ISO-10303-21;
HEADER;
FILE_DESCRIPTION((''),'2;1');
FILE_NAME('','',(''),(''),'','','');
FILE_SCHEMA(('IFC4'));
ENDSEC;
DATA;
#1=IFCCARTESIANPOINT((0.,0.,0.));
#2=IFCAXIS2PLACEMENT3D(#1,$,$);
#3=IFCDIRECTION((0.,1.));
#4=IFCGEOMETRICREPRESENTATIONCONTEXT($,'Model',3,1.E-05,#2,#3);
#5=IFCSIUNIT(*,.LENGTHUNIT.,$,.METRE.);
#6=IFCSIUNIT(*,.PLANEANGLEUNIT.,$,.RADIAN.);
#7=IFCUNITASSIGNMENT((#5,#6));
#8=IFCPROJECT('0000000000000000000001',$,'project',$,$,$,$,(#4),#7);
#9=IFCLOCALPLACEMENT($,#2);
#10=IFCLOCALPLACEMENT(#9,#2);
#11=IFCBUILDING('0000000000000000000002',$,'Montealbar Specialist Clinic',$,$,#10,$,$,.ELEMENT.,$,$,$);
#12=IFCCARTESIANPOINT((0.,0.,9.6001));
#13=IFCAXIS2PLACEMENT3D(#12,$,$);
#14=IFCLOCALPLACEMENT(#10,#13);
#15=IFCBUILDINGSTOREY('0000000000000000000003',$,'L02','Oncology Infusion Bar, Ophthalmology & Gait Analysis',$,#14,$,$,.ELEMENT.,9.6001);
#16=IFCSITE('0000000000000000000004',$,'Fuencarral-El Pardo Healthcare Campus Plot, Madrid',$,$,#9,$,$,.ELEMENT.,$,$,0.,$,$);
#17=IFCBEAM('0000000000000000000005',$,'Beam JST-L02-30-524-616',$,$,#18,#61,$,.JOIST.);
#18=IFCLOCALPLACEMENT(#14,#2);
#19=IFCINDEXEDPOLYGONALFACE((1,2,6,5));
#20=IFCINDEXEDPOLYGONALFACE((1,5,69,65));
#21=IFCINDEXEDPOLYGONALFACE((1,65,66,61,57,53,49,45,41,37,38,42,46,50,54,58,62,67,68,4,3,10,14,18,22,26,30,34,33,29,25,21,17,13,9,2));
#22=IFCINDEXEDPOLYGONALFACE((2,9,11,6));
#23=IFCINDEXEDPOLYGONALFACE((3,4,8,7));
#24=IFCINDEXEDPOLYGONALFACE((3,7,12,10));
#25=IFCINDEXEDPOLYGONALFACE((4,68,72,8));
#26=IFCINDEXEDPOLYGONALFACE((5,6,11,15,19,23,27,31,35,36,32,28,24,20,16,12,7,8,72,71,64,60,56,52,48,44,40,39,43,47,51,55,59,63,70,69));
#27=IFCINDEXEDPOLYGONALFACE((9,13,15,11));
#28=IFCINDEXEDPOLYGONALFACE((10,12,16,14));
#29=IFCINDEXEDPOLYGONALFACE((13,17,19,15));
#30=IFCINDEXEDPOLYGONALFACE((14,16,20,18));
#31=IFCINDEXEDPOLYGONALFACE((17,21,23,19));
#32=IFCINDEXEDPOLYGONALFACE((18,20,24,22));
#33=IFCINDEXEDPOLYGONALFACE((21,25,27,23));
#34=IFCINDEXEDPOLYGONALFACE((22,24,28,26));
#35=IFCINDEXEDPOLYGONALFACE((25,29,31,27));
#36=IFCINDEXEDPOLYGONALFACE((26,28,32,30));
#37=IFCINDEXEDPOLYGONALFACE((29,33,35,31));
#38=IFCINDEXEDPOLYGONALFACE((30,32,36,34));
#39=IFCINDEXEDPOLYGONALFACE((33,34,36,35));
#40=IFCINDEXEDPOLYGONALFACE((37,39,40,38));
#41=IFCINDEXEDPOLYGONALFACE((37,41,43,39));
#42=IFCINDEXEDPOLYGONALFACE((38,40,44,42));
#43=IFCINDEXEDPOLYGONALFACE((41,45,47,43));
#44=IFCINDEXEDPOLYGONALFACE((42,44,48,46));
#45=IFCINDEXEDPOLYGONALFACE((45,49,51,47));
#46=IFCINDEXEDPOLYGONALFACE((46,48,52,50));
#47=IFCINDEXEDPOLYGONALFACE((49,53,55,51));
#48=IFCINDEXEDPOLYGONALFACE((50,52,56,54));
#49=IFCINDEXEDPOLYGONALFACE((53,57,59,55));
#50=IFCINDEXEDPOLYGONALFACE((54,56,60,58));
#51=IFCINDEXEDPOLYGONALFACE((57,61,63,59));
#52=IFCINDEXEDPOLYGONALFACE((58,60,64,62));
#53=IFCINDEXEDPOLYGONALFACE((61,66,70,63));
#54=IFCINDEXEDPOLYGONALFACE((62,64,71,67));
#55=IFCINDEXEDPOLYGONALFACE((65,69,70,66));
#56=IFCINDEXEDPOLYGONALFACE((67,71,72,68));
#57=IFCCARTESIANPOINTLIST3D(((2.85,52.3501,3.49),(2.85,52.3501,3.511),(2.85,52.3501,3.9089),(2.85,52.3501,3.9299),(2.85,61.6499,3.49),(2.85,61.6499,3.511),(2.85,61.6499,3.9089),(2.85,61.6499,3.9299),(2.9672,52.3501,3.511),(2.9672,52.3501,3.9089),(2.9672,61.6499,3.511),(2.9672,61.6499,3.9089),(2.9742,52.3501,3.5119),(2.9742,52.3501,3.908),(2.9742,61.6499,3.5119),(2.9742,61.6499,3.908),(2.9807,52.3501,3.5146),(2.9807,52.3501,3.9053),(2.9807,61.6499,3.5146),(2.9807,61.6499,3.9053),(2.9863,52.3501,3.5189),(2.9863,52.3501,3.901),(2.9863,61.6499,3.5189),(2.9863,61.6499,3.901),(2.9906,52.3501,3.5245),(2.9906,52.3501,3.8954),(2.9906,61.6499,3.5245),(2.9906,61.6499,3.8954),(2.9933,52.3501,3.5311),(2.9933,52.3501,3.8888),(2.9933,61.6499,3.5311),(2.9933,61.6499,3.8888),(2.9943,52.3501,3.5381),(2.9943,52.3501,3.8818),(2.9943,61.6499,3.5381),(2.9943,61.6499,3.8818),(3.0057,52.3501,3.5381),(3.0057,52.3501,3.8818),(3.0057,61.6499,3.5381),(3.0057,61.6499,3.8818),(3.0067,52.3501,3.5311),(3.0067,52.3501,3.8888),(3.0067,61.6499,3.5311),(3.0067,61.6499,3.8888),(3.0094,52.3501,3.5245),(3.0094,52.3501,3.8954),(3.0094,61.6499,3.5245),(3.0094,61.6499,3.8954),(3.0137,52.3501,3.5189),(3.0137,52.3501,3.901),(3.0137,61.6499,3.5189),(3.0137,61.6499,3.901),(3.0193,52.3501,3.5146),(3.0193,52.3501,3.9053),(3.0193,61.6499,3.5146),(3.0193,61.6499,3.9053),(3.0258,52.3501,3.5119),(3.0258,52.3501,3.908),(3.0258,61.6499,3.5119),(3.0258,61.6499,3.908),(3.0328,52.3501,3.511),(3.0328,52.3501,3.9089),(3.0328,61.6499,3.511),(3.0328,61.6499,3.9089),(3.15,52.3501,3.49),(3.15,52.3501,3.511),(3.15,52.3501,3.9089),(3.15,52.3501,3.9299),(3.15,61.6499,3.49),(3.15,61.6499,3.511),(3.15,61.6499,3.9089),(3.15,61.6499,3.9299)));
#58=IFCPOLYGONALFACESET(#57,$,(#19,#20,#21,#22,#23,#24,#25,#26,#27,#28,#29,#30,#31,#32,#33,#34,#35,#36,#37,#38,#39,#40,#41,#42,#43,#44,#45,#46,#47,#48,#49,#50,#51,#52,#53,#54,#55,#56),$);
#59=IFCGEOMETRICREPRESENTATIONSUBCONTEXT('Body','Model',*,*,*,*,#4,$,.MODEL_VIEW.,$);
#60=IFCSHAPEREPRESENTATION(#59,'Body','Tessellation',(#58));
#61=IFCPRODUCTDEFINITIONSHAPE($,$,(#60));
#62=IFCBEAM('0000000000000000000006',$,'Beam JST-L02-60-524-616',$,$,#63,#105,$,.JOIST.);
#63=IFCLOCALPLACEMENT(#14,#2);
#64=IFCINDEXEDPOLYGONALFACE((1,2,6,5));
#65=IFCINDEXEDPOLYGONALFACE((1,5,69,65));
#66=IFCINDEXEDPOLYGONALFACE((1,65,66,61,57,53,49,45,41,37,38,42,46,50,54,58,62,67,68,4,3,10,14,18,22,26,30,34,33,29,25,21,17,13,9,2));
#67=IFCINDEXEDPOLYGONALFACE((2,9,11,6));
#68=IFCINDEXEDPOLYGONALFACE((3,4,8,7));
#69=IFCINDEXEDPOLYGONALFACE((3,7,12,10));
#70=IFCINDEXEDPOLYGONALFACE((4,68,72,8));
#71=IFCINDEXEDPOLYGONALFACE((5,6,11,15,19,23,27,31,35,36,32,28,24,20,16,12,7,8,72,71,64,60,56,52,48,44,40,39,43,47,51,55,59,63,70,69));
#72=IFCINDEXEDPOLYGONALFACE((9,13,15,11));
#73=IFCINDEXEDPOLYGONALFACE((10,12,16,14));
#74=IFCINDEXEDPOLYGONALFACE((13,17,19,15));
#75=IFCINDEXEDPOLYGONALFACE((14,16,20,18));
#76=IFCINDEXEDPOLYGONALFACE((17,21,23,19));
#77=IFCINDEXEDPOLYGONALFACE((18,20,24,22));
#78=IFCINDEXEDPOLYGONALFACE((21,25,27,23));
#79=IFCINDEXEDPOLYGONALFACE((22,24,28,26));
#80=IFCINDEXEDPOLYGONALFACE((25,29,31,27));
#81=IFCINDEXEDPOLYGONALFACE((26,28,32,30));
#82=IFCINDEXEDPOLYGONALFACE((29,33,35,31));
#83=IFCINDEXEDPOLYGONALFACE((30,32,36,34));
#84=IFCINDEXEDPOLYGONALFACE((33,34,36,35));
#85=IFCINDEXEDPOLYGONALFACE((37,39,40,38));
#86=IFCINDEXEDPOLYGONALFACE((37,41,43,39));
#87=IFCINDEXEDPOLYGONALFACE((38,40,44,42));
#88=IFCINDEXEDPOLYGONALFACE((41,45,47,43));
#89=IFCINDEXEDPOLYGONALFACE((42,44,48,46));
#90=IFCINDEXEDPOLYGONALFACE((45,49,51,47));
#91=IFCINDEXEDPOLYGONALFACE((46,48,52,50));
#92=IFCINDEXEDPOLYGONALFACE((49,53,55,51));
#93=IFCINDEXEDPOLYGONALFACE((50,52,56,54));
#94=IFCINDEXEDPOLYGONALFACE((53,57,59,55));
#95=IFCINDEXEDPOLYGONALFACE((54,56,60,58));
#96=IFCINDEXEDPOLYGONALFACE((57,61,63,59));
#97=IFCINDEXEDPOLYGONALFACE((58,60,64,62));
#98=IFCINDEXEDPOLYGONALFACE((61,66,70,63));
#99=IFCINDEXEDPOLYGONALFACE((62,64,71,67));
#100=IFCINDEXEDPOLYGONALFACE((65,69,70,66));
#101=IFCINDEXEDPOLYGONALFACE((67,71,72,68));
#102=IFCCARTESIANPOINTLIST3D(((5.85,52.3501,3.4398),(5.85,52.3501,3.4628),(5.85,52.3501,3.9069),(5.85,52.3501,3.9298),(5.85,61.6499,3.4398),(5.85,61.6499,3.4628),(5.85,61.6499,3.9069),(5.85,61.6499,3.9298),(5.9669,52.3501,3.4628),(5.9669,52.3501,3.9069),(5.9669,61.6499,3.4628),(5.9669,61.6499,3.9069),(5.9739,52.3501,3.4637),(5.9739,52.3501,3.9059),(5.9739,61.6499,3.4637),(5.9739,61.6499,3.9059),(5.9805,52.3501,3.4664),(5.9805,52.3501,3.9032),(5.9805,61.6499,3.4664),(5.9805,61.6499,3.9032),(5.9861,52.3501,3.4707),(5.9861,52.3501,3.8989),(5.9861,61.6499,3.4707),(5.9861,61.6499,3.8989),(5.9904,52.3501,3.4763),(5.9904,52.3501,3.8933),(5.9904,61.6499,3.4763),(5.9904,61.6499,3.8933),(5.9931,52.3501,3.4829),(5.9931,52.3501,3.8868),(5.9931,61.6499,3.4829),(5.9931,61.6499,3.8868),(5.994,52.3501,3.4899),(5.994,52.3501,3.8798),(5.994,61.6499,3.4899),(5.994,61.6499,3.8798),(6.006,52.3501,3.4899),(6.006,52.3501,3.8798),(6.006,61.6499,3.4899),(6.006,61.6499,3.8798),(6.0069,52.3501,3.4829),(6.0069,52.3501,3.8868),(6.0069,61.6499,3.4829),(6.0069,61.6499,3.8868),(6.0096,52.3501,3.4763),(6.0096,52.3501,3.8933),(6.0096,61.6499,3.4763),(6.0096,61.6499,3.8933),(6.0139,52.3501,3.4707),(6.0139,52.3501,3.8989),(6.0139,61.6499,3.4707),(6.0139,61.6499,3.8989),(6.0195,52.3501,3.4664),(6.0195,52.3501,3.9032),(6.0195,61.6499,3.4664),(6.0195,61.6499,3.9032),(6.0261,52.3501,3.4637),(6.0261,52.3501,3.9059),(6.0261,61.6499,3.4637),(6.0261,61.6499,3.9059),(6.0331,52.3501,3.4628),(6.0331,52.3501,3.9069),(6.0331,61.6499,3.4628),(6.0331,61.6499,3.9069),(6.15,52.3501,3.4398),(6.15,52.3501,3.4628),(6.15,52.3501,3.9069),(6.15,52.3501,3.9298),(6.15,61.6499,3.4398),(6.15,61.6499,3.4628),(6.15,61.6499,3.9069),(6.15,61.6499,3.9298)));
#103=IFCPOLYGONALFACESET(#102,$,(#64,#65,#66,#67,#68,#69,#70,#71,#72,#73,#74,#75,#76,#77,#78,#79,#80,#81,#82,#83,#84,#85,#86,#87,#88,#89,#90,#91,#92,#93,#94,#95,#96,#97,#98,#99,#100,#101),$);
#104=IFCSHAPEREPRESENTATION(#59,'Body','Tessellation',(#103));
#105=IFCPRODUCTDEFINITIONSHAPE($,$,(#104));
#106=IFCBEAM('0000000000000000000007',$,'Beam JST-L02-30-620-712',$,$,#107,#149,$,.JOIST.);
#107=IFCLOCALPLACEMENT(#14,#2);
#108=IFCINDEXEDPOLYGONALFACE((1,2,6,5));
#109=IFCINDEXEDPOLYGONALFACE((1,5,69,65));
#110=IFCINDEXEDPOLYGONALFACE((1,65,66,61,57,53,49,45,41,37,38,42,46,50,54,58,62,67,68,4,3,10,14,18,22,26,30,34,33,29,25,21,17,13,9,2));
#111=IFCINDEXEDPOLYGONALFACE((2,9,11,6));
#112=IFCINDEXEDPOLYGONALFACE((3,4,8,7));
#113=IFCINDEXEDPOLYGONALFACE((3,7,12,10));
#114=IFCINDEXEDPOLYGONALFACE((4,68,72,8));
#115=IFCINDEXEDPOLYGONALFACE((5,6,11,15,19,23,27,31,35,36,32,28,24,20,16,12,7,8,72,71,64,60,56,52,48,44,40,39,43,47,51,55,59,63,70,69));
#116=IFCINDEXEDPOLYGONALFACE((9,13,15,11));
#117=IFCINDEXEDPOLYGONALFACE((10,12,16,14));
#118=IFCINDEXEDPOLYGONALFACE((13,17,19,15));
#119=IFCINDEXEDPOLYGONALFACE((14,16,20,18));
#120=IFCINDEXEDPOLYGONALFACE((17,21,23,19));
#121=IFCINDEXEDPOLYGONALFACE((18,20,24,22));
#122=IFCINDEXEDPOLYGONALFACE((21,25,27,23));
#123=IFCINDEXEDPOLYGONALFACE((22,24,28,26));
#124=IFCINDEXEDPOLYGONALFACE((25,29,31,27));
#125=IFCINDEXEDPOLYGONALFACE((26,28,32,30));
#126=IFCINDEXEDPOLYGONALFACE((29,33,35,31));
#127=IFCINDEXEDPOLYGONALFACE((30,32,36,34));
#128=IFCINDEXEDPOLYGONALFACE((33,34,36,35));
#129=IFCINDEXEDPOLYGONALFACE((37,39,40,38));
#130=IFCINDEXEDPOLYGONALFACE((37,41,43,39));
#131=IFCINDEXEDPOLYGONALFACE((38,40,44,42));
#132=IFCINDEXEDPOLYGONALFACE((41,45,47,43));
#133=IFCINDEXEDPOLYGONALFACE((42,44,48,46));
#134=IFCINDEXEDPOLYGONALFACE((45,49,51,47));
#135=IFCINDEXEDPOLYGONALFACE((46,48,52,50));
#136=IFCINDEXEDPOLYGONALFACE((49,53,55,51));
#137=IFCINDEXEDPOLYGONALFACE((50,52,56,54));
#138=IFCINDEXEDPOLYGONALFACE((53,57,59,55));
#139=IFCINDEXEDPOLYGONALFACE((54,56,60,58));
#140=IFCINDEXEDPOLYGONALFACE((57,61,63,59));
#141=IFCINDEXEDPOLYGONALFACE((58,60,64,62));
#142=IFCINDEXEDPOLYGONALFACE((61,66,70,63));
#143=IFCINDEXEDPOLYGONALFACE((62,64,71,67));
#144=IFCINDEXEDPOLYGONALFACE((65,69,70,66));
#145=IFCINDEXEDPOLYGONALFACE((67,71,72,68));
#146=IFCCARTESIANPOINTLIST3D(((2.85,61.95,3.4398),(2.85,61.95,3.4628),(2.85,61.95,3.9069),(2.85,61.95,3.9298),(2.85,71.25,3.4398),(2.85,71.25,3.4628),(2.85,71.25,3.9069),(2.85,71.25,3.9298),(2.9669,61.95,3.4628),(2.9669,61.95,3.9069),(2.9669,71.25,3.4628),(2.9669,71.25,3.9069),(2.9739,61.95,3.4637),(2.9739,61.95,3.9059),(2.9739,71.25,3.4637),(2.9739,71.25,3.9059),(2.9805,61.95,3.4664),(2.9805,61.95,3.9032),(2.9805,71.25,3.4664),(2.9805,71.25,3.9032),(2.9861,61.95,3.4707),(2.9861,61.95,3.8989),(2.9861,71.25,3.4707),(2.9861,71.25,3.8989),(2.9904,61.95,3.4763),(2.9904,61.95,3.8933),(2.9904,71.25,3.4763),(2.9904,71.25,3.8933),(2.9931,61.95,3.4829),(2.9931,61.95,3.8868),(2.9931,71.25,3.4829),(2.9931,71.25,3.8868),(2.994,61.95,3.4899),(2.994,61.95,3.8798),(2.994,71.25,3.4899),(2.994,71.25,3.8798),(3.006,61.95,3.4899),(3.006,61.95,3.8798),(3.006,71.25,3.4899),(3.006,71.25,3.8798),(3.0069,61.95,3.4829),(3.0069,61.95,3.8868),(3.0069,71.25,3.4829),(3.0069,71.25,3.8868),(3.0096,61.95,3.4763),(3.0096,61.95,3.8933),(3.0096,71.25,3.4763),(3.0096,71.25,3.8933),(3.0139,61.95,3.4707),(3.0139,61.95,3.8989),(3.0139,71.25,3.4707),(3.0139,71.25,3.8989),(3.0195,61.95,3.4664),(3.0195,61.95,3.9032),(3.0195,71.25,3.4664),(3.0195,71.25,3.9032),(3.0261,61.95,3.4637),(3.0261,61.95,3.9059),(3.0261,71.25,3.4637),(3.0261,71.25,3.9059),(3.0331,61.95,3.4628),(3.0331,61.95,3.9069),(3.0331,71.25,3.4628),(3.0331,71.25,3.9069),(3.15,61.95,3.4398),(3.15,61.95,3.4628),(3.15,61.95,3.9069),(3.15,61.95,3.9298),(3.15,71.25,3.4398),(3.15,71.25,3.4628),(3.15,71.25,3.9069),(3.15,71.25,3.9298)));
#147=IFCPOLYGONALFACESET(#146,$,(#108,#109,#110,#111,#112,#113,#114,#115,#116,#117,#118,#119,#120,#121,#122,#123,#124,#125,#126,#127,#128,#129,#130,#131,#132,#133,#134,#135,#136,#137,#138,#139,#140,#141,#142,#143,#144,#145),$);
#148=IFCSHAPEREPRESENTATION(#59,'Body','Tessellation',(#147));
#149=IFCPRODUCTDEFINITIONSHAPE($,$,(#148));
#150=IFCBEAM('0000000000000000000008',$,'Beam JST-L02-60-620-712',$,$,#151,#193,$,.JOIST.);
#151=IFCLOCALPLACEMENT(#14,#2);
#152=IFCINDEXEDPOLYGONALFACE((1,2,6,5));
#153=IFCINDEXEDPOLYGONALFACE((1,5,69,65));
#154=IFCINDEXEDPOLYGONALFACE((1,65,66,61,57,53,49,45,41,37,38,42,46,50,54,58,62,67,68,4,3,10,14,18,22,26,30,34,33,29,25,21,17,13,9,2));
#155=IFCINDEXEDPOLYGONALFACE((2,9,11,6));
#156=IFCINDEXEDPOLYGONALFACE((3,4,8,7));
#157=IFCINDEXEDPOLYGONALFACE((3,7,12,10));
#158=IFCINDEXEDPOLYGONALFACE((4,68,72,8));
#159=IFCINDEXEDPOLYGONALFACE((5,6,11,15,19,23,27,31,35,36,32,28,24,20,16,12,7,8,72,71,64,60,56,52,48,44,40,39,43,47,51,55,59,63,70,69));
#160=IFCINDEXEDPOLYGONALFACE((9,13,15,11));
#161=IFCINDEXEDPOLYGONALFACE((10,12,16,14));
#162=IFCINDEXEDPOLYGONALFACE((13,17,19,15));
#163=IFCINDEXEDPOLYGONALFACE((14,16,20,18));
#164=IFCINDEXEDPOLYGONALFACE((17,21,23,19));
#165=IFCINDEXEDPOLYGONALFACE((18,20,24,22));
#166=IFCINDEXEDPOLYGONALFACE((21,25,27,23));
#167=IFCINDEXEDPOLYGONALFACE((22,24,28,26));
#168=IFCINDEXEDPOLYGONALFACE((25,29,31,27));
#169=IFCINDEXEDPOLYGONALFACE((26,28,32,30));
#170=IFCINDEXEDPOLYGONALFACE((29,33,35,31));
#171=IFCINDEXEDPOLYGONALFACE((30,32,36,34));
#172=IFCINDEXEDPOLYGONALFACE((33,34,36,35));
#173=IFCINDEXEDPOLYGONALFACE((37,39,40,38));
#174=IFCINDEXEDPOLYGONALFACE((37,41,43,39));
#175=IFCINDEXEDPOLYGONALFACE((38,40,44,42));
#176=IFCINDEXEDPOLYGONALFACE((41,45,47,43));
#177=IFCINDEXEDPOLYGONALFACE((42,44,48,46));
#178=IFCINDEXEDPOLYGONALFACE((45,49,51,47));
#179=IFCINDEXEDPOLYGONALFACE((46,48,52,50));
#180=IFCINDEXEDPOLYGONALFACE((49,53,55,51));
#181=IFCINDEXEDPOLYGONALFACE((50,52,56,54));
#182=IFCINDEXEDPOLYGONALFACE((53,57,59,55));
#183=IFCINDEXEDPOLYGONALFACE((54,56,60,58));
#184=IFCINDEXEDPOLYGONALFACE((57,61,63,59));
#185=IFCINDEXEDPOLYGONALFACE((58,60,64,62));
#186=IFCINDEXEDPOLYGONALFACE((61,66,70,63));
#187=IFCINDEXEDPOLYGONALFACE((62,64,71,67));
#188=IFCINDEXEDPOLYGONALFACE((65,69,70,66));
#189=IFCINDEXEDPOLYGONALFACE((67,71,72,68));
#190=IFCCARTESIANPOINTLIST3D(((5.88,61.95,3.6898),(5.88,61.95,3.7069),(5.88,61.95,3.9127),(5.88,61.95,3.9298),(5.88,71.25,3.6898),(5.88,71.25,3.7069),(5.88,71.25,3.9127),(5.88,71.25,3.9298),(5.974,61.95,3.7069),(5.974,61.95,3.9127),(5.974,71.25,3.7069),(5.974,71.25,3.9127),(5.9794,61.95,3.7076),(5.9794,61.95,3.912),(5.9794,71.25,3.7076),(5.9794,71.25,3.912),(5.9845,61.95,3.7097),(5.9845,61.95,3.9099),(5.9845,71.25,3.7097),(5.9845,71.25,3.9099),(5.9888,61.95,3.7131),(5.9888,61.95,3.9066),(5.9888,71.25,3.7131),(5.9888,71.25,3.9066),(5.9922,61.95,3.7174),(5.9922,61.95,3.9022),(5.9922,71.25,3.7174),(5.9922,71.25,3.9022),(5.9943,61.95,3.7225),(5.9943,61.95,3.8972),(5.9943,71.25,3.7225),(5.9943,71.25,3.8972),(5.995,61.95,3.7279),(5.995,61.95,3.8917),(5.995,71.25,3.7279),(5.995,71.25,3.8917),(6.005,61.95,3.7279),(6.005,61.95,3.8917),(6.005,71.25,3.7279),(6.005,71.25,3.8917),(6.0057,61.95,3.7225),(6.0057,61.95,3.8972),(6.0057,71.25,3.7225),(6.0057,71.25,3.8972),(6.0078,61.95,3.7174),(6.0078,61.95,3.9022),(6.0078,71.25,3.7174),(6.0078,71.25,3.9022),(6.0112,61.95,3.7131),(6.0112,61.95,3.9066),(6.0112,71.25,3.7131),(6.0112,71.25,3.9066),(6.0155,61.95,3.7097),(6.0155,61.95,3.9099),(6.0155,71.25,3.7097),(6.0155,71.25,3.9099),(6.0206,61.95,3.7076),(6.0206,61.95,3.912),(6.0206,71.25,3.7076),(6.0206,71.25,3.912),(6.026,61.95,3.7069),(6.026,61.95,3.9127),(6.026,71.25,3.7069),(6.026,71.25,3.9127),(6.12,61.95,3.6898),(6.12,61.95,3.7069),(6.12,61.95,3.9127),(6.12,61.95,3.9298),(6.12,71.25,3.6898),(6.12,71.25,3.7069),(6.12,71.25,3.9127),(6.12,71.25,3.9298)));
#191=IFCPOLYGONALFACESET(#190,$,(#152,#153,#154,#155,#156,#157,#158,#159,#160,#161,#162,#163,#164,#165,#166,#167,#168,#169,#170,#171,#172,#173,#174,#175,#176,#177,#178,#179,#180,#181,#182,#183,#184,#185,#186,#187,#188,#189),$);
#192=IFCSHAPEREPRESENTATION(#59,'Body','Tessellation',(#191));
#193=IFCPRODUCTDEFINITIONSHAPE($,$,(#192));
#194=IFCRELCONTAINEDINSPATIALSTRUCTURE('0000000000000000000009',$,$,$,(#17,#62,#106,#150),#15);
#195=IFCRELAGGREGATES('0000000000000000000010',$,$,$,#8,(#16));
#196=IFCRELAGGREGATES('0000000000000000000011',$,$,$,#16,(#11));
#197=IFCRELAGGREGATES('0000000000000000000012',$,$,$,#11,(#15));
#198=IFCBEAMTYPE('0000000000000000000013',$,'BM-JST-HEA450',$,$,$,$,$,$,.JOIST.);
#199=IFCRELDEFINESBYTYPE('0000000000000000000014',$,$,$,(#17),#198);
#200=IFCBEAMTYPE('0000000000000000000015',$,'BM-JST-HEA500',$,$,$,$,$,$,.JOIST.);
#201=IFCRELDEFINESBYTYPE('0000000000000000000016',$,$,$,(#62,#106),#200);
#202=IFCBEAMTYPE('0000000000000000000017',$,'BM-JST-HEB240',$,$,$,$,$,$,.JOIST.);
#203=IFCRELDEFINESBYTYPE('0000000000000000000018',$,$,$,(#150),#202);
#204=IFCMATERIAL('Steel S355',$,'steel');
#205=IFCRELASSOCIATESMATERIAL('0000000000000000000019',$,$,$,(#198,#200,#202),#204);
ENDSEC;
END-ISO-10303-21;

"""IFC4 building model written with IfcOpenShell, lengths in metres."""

from ifc_helpers import new_model, si_unit, direction, frame, origin, origin_2d, place, context, subcontext, project, spatial, i_section, extrude, material, material_profile, profile_set, type_object, element, save


model = new_model("IFC4")

# Units and contexts
model_context = context("Model", 3, precision=1e-05, world=origin(), true_north=direction((0.0, 1.0)))
body_context = subcontext(model_context, "Body", "Model", "MODEL_VIEW")
ifc_project = project(units=[si_unit("LENGTHUNIT", "METRE"), si_unit("PLANEANGLEUNIT", "RADIAN")], contexts=[model_context])

# Site, building, storey
site_placement = place(None, origin())
site = spatial("IfcSite", under=ifc_project, at=site_placement, Name="Fuencarral-El Pardo Healthcare Campus Plot, Madrid", CompositionType="ELEMENT", RefElevation=0.0)
building_placement = place(site_placement, origin())
building = spatial("IfcBuilding", under=site, at=building_placement, Name="Montealbar Specialist Clinic", CompositionType="ELEMENT")
storey_placement = place(building_placement, frame((0.0, 0.0, 9.6001)))
storey = spatial("IfcBuildingStorey", under=building, at=storey_placement, Name="L02", Description="Oncology Infusion Bar, Ophthalmology & Gait Analysis", CompositionType="ELEMENT", Elevation=9.6001)

# Shared definitions
ifc_material_1 = material(Name="Steel S355", Category="steel")

# Beams
ifc_material_profile_1 = material_profile(ifc_material_1, i_section(OverallWidth=0.3, OverallDepth=0.4399, WebThickness=0.0115, FlangeThickness=0.021, FilletRadius=0.0271, at=origin_2d()), Name="HEA 450", Category="steel")
ifc_profile_set_1 = profile_set([ifc_material_profile_1], Name="Steel S355")
beam_type_1 = type_object("IfcBeamType", Name="BM-JST-HEA450", PredefinedType="JOIST", material=ifc_profile_set_1)
beam_1_placement = place(storey_placement, frame((3.0, 52.3501, 3.71), z_axis=(0.0, 1.0, 0.0), x_axis=(-1.0, 0.0, 0.0)))
element("IfcBeam", 1, at=beam_1_placement, inside=storey, type_object=beam_type_1, Name="Beam JST-L02-30-524-616", PredefinedType="JOIST", context=body_context, shape_type="SweptSolid", body=[
    extrude(i_section(OverallWidth=0.3, OverallDepth=0.4399, WebThickness=0.0115, FlangeThickness=0.021, FilletRadius=0.0271, at=origin_2d()), origin(), (0.0, 0.0, 1.0), 9.2998),
])
ifc_material_profile_2 = material_profile(ifc_material_1, i_section(OverallWidth=0.3, OverallDepth=0.49, WebThickness=0.012, FlangeThickness=0.0229, FilletRadius=0.0271, at=origin_2d()), Name="HEA 500", Category="steel")
ifc_profile_set_2 = profile_set([ifc_material_profile_2], Name="Steel S355")
beam_type_2 = type_object("IfcBeamType", Name="BM-JST-HEA500", PredefinedType="JOIST", material=ifc_profile_set_2)
beam_2_placement = place(storey_placement, frame((6.0, 52.3501, 3.6848), z_axis=(0.0, 1.0, 0.0), x_axis=(-1.0, 0.0, 0.0)))
element("IfcBeam", 2, at=beam_2_placement, inside=storey, type_object=beam_type_2, Name="Beam JST-L02-60-524-616", PredefinedType="JOIST", context=body_context, shape_type="SweptSolid", body=[
    extrude(i_section(OverallWidth=0.3, OverallDepth=0.49, WebThickness=0.012, FlangeThickness=0.0229, FilletRadius=0.0271, at=origin_2d()), origin(), (0.0, 0.0, 1.0), 9.2998),
])
beam_3_placement = place(storey_placement, frame((3.0, 61.95, 3.6848), z_axis=(0.0, 1.0, 0.0), x_axis=(-1.0, 0.0, 0.0)))
element("IfcBeam", 3, at=beam_3_placement, inside=storey, type_object=beam_type_2, Name="Beam JST-L02-30-620-712", PredefinedType="JOIST", context=body_context, shape_type="SweptSolid", body=[
    extrude(i_section(OverallWidth=0.3, OverallDepth=0.49, WebThickness=0.012, FlangeThickness=0.0229, FilletRadius=0.0271, at=origin_2d()), origin(), (0.0, 0.0, 1.0), 9.3),
])
ifc_material_profile_3 = material_profile(ifc_material_1, i_section(OverallWidth=0.24, OverallDepth=0.24, WebThickness=0.01, FlangeThickness=0.0171, FilletRadius=0.021, at=origin_2d()), Name="HEB 240", Category="steel")
ifc_profile_set_3 = profile_set([ifc_material_profile_3], Name="Steel S355")
beam_type_3 = type_object("IfcBeamType", Name="BM-JST-HEB240", PredefinedType="JOIST", material=ifc_profile_set_3)
beam_4_placement = place(storey_placement, frame((6.0, 61.95, 3.8098), z_axis=(0.0, 1.0, 0.0), x_axis=(-1.0, 0.0, 0.0)))
element("IfcBeam", 4, at=beam_4_placement, inside=storey, type_object=beam_type_3, Name="Beam JST-L02-60-620-712", PredefinedType="JOIST", context=body_context, shape_type="SweptSolid", body=[
    extrude(i_section(OverallWidth=0.24, OverallDepth=0.24, WebThickness=0.01, FlangeThickness=0.0171, FilletRadius=0.021, at=origin_2d()), origin(), (0.0, 0.0, 1.0), 9.3),
])

save(model, "model.ifc")
